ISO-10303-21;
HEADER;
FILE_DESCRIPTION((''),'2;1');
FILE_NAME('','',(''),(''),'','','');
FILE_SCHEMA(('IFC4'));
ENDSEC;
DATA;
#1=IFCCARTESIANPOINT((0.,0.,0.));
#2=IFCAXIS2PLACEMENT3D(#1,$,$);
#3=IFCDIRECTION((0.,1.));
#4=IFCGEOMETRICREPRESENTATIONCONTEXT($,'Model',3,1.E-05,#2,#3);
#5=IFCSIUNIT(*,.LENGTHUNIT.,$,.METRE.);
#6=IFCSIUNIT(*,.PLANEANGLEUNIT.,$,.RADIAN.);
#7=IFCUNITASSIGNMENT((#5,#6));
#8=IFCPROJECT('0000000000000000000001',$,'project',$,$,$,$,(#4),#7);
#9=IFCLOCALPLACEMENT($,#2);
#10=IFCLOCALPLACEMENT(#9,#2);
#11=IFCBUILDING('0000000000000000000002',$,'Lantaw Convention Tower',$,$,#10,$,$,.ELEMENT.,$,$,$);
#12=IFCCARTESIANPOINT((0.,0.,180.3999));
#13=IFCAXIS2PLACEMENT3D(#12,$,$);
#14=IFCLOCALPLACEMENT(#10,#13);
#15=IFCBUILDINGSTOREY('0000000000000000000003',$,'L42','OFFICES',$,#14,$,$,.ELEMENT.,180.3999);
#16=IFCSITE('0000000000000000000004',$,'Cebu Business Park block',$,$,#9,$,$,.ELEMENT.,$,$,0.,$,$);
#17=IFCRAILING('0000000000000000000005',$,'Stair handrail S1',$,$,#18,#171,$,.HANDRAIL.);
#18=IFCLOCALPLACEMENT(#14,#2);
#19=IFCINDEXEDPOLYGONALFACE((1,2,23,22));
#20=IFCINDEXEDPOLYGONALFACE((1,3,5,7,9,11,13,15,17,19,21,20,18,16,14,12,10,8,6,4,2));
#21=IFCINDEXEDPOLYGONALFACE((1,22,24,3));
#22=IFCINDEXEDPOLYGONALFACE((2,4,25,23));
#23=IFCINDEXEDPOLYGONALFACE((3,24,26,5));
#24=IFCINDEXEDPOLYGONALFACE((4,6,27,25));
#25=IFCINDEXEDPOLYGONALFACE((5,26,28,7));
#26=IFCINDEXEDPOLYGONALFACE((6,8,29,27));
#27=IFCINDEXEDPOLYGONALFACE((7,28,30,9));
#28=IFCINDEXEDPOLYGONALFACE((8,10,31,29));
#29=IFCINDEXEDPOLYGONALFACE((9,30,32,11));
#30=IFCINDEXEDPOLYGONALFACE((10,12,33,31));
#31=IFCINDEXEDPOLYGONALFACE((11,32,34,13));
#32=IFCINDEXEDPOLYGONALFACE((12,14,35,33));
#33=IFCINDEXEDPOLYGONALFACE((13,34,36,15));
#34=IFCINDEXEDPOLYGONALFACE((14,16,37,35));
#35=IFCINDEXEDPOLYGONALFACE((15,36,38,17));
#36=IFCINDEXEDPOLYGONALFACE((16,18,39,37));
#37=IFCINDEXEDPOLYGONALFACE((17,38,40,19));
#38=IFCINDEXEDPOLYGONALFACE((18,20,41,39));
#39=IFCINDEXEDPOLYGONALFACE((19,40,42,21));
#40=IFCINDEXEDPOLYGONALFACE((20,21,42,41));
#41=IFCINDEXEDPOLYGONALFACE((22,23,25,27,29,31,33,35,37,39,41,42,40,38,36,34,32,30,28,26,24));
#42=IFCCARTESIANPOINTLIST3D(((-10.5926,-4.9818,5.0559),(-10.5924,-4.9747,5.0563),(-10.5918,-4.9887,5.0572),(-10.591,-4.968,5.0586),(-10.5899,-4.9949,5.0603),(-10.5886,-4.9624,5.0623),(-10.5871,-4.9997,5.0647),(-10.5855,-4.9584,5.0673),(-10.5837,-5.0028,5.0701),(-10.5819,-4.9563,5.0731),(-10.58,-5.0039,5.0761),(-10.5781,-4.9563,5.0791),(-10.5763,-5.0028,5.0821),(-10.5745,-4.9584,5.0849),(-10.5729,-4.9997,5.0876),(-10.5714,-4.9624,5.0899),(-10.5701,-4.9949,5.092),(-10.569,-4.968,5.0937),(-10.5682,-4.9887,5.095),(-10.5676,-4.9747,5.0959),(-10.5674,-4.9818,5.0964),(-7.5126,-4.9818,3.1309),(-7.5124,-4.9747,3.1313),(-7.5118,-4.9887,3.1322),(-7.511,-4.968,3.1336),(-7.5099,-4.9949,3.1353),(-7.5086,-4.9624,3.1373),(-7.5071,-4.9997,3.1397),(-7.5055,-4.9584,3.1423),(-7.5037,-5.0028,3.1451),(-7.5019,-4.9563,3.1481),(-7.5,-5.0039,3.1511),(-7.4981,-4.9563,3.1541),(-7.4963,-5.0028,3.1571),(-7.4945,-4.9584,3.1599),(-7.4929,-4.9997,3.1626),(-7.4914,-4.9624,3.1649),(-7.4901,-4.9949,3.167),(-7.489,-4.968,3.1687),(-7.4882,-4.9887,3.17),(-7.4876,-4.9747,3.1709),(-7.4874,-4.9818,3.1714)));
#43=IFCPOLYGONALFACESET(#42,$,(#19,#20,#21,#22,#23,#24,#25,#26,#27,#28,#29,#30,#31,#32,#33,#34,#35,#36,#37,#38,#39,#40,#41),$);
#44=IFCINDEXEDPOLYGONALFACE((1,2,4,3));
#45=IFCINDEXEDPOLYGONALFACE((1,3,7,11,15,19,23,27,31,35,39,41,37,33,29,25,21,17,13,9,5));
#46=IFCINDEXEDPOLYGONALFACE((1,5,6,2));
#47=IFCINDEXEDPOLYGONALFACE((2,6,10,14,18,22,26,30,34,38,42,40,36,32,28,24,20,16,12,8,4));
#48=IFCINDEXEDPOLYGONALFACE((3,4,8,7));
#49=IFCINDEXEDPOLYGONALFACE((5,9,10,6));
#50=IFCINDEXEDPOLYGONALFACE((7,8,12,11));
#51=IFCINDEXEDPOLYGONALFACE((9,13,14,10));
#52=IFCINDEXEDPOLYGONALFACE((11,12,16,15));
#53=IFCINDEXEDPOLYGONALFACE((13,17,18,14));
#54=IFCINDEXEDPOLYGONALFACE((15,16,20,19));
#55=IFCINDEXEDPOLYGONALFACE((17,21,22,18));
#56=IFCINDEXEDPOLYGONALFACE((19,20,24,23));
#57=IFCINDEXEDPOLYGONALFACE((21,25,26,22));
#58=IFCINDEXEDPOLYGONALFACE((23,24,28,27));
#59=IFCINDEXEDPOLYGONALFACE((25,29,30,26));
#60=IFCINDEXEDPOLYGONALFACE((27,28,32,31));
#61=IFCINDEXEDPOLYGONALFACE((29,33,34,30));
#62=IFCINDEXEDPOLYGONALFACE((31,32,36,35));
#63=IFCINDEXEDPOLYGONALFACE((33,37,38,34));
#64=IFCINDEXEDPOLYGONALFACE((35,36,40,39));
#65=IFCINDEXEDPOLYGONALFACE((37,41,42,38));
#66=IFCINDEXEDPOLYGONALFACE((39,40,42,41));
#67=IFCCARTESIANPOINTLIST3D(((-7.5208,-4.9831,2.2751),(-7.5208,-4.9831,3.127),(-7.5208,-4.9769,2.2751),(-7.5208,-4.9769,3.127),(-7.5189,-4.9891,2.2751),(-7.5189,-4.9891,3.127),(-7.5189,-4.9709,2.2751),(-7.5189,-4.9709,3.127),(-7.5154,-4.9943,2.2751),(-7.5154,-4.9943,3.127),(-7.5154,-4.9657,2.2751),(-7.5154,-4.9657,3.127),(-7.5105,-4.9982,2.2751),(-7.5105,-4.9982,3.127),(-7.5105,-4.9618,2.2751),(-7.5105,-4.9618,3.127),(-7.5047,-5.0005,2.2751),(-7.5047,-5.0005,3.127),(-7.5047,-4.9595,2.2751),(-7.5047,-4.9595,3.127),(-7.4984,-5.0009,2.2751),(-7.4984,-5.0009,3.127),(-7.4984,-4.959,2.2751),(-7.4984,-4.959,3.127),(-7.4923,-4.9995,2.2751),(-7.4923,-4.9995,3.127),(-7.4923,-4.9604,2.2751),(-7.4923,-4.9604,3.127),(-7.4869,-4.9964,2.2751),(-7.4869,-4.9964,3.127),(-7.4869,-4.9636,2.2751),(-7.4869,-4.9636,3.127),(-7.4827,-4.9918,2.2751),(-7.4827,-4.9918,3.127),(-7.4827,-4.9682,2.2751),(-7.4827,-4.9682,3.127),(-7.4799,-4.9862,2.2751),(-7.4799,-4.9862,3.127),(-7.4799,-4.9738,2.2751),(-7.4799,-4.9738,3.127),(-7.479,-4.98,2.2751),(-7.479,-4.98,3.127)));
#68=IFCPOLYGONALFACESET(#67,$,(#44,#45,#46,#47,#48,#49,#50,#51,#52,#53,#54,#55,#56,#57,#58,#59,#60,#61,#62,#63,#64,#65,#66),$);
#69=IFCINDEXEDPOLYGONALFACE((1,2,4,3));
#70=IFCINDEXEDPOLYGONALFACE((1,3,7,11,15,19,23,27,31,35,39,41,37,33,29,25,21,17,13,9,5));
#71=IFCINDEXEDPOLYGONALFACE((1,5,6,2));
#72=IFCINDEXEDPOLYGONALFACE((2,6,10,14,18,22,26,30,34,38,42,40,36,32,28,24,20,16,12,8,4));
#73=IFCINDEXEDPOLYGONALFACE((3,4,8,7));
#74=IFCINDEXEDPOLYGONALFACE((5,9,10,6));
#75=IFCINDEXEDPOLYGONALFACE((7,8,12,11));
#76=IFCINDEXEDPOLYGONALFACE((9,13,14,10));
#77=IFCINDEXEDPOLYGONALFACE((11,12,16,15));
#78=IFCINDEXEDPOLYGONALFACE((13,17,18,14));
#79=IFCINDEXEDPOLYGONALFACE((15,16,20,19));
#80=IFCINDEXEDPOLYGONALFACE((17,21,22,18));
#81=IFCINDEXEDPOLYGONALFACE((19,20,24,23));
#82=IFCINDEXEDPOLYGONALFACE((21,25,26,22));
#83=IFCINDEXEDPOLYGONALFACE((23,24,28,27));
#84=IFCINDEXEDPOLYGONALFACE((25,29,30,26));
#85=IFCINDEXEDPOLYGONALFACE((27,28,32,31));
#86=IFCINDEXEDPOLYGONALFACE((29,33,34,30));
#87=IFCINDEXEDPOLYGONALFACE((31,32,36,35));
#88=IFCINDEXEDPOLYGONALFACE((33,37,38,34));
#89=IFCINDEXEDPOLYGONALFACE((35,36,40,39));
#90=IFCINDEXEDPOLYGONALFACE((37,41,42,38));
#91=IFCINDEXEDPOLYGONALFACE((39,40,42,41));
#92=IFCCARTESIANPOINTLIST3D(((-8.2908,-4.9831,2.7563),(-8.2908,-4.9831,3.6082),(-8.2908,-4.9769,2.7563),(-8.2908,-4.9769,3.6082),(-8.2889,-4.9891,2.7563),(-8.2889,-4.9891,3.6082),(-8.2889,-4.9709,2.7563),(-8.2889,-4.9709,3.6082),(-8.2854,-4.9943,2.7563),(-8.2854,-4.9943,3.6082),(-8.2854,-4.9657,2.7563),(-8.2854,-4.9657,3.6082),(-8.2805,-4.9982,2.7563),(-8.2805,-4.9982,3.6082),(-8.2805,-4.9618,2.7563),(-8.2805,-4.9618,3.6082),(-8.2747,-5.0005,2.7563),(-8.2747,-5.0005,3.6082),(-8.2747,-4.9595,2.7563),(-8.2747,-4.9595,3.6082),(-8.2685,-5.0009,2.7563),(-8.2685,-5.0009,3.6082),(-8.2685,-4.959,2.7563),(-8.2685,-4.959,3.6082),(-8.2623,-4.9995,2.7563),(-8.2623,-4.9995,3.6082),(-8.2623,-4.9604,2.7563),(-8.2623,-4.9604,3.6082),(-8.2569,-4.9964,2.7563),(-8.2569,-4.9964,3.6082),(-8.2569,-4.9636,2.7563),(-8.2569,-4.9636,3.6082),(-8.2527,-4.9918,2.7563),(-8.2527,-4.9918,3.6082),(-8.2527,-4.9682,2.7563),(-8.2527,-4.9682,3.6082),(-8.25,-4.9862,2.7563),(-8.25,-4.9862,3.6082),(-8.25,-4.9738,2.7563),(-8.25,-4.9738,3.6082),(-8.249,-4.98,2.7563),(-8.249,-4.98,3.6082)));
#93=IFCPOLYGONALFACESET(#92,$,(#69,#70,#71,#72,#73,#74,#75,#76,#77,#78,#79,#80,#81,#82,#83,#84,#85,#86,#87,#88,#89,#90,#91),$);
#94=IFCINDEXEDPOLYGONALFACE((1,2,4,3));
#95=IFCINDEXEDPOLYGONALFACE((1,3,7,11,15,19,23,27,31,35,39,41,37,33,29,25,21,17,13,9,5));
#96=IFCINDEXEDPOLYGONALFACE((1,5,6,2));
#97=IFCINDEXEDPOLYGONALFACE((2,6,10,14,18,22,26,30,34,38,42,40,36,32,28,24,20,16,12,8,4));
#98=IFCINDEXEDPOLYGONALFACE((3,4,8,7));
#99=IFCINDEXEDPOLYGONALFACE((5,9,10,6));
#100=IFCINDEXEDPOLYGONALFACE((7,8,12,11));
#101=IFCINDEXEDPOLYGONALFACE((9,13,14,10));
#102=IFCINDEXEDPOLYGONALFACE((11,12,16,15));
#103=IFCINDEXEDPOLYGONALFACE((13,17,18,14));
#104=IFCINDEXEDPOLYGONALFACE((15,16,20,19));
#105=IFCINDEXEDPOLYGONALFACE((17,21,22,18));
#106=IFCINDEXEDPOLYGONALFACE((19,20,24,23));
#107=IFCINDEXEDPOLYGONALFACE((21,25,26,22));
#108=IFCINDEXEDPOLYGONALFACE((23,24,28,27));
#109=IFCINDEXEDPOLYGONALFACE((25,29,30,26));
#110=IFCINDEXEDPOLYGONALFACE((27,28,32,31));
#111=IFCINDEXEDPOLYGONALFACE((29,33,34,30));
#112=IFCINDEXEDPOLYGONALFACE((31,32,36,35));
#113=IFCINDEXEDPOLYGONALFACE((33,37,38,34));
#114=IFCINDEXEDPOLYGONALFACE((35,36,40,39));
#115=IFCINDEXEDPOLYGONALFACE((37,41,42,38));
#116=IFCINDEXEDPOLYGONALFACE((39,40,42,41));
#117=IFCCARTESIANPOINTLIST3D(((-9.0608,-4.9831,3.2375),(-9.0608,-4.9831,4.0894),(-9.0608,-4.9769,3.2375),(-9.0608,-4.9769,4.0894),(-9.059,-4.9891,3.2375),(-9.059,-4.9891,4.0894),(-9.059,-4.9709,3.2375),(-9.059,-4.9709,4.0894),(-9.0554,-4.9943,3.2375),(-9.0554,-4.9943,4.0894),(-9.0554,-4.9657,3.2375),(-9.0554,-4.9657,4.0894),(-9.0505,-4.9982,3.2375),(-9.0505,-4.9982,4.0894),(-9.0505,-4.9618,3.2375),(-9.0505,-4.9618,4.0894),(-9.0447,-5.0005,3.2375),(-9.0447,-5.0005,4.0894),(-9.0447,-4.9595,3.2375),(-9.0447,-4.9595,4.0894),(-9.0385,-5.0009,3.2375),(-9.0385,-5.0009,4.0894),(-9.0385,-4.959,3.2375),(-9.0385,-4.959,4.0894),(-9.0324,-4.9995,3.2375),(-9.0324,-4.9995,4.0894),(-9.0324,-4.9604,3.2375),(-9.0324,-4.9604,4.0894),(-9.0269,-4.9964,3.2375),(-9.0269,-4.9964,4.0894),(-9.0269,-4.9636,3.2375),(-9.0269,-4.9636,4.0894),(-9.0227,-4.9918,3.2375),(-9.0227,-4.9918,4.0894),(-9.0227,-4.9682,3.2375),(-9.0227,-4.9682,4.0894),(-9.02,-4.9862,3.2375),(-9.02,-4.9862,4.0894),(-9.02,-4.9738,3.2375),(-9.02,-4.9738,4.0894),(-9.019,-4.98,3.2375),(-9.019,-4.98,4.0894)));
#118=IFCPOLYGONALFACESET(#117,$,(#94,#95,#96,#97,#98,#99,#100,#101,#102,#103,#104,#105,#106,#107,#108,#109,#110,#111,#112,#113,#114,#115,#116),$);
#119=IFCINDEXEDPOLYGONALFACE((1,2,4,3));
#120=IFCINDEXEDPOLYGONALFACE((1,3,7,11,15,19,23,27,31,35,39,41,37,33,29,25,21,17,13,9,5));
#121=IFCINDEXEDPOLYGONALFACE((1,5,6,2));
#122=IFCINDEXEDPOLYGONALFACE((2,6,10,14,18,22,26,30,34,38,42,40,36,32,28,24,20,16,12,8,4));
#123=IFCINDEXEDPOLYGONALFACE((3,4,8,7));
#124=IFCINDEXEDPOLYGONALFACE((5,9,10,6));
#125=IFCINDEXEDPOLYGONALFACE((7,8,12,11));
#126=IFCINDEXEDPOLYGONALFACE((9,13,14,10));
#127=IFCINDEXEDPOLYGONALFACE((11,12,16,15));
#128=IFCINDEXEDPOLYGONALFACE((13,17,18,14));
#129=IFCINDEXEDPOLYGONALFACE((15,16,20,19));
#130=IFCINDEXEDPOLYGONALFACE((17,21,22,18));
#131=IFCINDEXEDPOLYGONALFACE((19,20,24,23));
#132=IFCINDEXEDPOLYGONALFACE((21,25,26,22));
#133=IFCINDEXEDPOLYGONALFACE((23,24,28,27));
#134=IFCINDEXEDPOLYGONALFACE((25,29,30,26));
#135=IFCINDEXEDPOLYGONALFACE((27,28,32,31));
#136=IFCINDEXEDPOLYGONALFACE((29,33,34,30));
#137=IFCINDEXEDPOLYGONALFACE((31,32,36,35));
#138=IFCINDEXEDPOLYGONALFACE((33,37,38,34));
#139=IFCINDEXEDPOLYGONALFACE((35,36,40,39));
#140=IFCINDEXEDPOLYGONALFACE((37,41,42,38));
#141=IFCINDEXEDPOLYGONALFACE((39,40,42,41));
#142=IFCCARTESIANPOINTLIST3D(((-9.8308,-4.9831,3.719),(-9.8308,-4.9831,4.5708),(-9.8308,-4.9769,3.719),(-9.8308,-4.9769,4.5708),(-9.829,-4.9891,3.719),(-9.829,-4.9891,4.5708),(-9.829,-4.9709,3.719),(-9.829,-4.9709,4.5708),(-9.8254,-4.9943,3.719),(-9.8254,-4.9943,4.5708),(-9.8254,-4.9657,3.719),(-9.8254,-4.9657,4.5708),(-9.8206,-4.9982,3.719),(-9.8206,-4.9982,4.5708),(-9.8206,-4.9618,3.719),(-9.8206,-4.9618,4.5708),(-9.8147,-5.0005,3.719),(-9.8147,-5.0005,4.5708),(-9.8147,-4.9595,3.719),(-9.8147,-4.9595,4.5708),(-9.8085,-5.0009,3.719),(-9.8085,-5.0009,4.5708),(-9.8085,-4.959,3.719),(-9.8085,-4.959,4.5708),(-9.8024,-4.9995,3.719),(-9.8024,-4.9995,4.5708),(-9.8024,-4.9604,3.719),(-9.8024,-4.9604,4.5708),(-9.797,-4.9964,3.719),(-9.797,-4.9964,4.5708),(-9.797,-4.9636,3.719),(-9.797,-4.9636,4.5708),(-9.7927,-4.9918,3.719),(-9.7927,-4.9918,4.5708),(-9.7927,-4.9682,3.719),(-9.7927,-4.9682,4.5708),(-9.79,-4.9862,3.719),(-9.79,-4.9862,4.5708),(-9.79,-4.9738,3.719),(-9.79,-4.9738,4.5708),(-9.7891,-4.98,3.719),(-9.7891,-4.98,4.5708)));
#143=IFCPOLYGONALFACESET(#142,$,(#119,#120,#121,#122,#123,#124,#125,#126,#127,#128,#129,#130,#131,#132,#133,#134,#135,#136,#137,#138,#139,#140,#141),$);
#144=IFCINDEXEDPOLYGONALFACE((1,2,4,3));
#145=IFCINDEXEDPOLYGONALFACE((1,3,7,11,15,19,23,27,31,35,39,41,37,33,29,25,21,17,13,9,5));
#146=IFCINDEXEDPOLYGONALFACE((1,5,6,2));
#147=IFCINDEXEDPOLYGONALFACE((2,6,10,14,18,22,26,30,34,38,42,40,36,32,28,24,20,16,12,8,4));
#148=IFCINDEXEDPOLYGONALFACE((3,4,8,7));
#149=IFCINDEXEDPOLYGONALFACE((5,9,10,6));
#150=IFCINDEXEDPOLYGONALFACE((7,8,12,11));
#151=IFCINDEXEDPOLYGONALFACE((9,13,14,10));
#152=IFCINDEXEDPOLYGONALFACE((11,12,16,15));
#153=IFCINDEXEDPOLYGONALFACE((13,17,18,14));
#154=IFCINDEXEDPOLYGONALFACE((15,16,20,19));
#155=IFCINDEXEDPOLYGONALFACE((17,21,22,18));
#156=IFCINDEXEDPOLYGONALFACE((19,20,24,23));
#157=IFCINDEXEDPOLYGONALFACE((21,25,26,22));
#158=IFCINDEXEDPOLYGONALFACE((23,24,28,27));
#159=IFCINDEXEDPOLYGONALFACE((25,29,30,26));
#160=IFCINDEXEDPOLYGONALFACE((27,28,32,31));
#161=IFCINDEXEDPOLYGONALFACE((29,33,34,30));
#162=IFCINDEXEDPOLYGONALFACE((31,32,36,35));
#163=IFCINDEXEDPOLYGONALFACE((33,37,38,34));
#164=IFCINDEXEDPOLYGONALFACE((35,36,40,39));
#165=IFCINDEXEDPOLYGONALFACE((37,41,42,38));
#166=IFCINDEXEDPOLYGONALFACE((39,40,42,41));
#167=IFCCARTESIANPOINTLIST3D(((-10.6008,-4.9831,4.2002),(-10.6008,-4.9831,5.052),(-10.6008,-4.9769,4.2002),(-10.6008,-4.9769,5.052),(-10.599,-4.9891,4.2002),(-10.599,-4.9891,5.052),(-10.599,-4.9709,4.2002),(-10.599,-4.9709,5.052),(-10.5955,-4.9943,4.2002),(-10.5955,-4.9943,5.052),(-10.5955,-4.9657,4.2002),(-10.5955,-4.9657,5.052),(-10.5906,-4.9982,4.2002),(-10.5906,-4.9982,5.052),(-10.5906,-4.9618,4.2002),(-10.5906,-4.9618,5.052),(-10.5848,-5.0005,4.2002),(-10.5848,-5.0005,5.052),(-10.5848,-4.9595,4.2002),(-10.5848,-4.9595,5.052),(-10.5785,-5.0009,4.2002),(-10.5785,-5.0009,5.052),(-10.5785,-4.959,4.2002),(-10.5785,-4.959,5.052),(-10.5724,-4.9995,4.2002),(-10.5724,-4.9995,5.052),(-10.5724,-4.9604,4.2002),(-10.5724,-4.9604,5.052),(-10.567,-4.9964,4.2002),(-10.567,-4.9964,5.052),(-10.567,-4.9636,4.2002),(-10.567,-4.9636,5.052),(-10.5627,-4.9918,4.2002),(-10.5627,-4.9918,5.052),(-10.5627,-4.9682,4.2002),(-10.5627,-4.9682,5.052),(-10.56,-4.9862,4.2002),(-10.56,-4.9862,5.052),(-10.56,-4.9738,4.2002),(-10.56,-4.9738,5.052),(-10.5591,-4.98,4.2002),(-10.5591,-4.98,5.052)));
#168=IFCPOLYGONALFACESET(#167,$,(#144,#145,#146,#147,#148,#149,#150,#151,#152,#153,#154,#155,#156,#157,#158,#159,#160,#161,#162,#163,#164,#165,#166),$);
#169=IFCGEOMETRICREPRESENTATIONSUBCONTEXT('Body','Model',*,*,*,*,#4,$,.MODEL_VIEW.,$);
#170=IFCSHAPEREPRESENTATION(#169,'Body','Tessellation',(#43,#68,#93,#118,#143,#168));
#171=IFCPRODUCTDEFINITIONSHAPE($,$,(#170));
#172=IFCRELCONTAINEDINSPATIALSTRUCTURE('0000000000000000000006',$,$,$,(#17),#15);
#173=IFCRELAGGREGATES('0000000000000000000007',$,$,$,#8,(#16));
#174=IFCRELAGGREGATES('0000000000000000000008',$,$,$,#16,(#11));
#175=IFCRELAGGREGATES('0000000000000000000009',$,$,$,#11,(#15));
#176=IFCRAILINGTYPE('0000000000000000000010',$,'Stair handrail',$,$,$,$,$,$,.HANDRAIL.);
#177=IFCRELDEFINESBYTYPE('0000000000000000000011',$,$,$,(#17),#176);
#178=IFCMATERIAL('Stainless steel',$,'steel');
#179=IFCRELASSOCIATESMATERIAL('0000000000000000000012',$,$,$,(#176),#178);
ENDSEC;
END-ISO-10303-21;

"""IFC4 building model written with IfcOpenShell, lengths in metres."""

from ifc_helpers import new_model, si_unit, direction, frame, origin, origin_2d, place, context, subcontext, project, spatial, circle, extrude, material, type_object, element, save


model = new_model("IFC4")

# Units and contexts
model_context = context("Model", 3, precision=1e-05, world=origin(), true_north=direction((0.0, 1.0)))
body_context = subcontext(model_context, "Body", "Model", "MODEL_VIEW")
ifc_project = project(units=[si_unit("LENGTHUNIT", "METRE"), si_unit("PLANEANGLEUNIT", "RADIAN")], contexts=[model_context])

# Site, building, storey
site_placement = place(None, origin())
site = spatial("IfcSite", under=ifc_project, at=site_placement, Name="Cebu Business Park block", CompositionType="ELEMENT", RefElevation=0.0)
building_placement = place(site_placement, origin())
building = spatial("IfcBuilding", under=site, at=building_placement, Name="Lantaw Convention Tower", CompositionType="ELEMENT")
storey_placement = place(building_placement, frame((0.0, 0.0, 180.3999)))
storey = spatial("IfcBuildingStorey", under=building, at=storey_placement, Name="L42", Description="OFFICES", CompositionType="ELEMENT", Elevation=180.3999)

# Railing
ifc_material_1 = material(Name="Stainless steel", Category="steel")
railing_type = type_object("IfcRailingType", Name="Stair handrail", PredefinedType="HANDRAIL", material=ifc_material_1)
railing_1_placement = place(storey_placement, frame((-7.5, -4.98, 2.2751)))
element("IfcRailing", 1, at=railing_1_placement, inside=storey, type_object=railing_type, Name="Stair handrail S1", PredefinedType="HANDRAIL", context=body_context, shape_type="SweptSolid", body=[
    extrude(circle(Radius=0.0239, at=origin_2d()), frame((0.0, 0.0, 0.876), z_axis=(-0.847998, 0.0, 0.529999), x_axis=(0.0, -1.0, 0.0)), (0.0, 0.0, 1.0), 3.6321),
    extrude(circle(Radius=0.021, at=origin_2d()), origin(), (0.0, 0.0, 1.0), 0.8518),
    extrude(circle(Radius=0.021, at=origin_2d()), frame((-0.77, 0.0, 0.4812)), (0.0, 0.0, 1.0), 0.8518),
    extrude(circle(Radius=0.021, at=origin_2d()), frame((-1.54, 0.0, 0.9624)), (0.0, 0.0, 1.0), 0.8518),
    extrude(circle(Radius=0.021, at=origin_2d()), frame((-2.3101, 0.0, 1.4438)), (0.0, 0.0, 1.0), 0.8518),
    extrude(circle(Radius=0.021, at=origin_2d()), frame((-3.0801, 0.0, 1.925)), (0.0, 0.0, 1.0), 0.8518),
])

save(model, "model.ifc")
